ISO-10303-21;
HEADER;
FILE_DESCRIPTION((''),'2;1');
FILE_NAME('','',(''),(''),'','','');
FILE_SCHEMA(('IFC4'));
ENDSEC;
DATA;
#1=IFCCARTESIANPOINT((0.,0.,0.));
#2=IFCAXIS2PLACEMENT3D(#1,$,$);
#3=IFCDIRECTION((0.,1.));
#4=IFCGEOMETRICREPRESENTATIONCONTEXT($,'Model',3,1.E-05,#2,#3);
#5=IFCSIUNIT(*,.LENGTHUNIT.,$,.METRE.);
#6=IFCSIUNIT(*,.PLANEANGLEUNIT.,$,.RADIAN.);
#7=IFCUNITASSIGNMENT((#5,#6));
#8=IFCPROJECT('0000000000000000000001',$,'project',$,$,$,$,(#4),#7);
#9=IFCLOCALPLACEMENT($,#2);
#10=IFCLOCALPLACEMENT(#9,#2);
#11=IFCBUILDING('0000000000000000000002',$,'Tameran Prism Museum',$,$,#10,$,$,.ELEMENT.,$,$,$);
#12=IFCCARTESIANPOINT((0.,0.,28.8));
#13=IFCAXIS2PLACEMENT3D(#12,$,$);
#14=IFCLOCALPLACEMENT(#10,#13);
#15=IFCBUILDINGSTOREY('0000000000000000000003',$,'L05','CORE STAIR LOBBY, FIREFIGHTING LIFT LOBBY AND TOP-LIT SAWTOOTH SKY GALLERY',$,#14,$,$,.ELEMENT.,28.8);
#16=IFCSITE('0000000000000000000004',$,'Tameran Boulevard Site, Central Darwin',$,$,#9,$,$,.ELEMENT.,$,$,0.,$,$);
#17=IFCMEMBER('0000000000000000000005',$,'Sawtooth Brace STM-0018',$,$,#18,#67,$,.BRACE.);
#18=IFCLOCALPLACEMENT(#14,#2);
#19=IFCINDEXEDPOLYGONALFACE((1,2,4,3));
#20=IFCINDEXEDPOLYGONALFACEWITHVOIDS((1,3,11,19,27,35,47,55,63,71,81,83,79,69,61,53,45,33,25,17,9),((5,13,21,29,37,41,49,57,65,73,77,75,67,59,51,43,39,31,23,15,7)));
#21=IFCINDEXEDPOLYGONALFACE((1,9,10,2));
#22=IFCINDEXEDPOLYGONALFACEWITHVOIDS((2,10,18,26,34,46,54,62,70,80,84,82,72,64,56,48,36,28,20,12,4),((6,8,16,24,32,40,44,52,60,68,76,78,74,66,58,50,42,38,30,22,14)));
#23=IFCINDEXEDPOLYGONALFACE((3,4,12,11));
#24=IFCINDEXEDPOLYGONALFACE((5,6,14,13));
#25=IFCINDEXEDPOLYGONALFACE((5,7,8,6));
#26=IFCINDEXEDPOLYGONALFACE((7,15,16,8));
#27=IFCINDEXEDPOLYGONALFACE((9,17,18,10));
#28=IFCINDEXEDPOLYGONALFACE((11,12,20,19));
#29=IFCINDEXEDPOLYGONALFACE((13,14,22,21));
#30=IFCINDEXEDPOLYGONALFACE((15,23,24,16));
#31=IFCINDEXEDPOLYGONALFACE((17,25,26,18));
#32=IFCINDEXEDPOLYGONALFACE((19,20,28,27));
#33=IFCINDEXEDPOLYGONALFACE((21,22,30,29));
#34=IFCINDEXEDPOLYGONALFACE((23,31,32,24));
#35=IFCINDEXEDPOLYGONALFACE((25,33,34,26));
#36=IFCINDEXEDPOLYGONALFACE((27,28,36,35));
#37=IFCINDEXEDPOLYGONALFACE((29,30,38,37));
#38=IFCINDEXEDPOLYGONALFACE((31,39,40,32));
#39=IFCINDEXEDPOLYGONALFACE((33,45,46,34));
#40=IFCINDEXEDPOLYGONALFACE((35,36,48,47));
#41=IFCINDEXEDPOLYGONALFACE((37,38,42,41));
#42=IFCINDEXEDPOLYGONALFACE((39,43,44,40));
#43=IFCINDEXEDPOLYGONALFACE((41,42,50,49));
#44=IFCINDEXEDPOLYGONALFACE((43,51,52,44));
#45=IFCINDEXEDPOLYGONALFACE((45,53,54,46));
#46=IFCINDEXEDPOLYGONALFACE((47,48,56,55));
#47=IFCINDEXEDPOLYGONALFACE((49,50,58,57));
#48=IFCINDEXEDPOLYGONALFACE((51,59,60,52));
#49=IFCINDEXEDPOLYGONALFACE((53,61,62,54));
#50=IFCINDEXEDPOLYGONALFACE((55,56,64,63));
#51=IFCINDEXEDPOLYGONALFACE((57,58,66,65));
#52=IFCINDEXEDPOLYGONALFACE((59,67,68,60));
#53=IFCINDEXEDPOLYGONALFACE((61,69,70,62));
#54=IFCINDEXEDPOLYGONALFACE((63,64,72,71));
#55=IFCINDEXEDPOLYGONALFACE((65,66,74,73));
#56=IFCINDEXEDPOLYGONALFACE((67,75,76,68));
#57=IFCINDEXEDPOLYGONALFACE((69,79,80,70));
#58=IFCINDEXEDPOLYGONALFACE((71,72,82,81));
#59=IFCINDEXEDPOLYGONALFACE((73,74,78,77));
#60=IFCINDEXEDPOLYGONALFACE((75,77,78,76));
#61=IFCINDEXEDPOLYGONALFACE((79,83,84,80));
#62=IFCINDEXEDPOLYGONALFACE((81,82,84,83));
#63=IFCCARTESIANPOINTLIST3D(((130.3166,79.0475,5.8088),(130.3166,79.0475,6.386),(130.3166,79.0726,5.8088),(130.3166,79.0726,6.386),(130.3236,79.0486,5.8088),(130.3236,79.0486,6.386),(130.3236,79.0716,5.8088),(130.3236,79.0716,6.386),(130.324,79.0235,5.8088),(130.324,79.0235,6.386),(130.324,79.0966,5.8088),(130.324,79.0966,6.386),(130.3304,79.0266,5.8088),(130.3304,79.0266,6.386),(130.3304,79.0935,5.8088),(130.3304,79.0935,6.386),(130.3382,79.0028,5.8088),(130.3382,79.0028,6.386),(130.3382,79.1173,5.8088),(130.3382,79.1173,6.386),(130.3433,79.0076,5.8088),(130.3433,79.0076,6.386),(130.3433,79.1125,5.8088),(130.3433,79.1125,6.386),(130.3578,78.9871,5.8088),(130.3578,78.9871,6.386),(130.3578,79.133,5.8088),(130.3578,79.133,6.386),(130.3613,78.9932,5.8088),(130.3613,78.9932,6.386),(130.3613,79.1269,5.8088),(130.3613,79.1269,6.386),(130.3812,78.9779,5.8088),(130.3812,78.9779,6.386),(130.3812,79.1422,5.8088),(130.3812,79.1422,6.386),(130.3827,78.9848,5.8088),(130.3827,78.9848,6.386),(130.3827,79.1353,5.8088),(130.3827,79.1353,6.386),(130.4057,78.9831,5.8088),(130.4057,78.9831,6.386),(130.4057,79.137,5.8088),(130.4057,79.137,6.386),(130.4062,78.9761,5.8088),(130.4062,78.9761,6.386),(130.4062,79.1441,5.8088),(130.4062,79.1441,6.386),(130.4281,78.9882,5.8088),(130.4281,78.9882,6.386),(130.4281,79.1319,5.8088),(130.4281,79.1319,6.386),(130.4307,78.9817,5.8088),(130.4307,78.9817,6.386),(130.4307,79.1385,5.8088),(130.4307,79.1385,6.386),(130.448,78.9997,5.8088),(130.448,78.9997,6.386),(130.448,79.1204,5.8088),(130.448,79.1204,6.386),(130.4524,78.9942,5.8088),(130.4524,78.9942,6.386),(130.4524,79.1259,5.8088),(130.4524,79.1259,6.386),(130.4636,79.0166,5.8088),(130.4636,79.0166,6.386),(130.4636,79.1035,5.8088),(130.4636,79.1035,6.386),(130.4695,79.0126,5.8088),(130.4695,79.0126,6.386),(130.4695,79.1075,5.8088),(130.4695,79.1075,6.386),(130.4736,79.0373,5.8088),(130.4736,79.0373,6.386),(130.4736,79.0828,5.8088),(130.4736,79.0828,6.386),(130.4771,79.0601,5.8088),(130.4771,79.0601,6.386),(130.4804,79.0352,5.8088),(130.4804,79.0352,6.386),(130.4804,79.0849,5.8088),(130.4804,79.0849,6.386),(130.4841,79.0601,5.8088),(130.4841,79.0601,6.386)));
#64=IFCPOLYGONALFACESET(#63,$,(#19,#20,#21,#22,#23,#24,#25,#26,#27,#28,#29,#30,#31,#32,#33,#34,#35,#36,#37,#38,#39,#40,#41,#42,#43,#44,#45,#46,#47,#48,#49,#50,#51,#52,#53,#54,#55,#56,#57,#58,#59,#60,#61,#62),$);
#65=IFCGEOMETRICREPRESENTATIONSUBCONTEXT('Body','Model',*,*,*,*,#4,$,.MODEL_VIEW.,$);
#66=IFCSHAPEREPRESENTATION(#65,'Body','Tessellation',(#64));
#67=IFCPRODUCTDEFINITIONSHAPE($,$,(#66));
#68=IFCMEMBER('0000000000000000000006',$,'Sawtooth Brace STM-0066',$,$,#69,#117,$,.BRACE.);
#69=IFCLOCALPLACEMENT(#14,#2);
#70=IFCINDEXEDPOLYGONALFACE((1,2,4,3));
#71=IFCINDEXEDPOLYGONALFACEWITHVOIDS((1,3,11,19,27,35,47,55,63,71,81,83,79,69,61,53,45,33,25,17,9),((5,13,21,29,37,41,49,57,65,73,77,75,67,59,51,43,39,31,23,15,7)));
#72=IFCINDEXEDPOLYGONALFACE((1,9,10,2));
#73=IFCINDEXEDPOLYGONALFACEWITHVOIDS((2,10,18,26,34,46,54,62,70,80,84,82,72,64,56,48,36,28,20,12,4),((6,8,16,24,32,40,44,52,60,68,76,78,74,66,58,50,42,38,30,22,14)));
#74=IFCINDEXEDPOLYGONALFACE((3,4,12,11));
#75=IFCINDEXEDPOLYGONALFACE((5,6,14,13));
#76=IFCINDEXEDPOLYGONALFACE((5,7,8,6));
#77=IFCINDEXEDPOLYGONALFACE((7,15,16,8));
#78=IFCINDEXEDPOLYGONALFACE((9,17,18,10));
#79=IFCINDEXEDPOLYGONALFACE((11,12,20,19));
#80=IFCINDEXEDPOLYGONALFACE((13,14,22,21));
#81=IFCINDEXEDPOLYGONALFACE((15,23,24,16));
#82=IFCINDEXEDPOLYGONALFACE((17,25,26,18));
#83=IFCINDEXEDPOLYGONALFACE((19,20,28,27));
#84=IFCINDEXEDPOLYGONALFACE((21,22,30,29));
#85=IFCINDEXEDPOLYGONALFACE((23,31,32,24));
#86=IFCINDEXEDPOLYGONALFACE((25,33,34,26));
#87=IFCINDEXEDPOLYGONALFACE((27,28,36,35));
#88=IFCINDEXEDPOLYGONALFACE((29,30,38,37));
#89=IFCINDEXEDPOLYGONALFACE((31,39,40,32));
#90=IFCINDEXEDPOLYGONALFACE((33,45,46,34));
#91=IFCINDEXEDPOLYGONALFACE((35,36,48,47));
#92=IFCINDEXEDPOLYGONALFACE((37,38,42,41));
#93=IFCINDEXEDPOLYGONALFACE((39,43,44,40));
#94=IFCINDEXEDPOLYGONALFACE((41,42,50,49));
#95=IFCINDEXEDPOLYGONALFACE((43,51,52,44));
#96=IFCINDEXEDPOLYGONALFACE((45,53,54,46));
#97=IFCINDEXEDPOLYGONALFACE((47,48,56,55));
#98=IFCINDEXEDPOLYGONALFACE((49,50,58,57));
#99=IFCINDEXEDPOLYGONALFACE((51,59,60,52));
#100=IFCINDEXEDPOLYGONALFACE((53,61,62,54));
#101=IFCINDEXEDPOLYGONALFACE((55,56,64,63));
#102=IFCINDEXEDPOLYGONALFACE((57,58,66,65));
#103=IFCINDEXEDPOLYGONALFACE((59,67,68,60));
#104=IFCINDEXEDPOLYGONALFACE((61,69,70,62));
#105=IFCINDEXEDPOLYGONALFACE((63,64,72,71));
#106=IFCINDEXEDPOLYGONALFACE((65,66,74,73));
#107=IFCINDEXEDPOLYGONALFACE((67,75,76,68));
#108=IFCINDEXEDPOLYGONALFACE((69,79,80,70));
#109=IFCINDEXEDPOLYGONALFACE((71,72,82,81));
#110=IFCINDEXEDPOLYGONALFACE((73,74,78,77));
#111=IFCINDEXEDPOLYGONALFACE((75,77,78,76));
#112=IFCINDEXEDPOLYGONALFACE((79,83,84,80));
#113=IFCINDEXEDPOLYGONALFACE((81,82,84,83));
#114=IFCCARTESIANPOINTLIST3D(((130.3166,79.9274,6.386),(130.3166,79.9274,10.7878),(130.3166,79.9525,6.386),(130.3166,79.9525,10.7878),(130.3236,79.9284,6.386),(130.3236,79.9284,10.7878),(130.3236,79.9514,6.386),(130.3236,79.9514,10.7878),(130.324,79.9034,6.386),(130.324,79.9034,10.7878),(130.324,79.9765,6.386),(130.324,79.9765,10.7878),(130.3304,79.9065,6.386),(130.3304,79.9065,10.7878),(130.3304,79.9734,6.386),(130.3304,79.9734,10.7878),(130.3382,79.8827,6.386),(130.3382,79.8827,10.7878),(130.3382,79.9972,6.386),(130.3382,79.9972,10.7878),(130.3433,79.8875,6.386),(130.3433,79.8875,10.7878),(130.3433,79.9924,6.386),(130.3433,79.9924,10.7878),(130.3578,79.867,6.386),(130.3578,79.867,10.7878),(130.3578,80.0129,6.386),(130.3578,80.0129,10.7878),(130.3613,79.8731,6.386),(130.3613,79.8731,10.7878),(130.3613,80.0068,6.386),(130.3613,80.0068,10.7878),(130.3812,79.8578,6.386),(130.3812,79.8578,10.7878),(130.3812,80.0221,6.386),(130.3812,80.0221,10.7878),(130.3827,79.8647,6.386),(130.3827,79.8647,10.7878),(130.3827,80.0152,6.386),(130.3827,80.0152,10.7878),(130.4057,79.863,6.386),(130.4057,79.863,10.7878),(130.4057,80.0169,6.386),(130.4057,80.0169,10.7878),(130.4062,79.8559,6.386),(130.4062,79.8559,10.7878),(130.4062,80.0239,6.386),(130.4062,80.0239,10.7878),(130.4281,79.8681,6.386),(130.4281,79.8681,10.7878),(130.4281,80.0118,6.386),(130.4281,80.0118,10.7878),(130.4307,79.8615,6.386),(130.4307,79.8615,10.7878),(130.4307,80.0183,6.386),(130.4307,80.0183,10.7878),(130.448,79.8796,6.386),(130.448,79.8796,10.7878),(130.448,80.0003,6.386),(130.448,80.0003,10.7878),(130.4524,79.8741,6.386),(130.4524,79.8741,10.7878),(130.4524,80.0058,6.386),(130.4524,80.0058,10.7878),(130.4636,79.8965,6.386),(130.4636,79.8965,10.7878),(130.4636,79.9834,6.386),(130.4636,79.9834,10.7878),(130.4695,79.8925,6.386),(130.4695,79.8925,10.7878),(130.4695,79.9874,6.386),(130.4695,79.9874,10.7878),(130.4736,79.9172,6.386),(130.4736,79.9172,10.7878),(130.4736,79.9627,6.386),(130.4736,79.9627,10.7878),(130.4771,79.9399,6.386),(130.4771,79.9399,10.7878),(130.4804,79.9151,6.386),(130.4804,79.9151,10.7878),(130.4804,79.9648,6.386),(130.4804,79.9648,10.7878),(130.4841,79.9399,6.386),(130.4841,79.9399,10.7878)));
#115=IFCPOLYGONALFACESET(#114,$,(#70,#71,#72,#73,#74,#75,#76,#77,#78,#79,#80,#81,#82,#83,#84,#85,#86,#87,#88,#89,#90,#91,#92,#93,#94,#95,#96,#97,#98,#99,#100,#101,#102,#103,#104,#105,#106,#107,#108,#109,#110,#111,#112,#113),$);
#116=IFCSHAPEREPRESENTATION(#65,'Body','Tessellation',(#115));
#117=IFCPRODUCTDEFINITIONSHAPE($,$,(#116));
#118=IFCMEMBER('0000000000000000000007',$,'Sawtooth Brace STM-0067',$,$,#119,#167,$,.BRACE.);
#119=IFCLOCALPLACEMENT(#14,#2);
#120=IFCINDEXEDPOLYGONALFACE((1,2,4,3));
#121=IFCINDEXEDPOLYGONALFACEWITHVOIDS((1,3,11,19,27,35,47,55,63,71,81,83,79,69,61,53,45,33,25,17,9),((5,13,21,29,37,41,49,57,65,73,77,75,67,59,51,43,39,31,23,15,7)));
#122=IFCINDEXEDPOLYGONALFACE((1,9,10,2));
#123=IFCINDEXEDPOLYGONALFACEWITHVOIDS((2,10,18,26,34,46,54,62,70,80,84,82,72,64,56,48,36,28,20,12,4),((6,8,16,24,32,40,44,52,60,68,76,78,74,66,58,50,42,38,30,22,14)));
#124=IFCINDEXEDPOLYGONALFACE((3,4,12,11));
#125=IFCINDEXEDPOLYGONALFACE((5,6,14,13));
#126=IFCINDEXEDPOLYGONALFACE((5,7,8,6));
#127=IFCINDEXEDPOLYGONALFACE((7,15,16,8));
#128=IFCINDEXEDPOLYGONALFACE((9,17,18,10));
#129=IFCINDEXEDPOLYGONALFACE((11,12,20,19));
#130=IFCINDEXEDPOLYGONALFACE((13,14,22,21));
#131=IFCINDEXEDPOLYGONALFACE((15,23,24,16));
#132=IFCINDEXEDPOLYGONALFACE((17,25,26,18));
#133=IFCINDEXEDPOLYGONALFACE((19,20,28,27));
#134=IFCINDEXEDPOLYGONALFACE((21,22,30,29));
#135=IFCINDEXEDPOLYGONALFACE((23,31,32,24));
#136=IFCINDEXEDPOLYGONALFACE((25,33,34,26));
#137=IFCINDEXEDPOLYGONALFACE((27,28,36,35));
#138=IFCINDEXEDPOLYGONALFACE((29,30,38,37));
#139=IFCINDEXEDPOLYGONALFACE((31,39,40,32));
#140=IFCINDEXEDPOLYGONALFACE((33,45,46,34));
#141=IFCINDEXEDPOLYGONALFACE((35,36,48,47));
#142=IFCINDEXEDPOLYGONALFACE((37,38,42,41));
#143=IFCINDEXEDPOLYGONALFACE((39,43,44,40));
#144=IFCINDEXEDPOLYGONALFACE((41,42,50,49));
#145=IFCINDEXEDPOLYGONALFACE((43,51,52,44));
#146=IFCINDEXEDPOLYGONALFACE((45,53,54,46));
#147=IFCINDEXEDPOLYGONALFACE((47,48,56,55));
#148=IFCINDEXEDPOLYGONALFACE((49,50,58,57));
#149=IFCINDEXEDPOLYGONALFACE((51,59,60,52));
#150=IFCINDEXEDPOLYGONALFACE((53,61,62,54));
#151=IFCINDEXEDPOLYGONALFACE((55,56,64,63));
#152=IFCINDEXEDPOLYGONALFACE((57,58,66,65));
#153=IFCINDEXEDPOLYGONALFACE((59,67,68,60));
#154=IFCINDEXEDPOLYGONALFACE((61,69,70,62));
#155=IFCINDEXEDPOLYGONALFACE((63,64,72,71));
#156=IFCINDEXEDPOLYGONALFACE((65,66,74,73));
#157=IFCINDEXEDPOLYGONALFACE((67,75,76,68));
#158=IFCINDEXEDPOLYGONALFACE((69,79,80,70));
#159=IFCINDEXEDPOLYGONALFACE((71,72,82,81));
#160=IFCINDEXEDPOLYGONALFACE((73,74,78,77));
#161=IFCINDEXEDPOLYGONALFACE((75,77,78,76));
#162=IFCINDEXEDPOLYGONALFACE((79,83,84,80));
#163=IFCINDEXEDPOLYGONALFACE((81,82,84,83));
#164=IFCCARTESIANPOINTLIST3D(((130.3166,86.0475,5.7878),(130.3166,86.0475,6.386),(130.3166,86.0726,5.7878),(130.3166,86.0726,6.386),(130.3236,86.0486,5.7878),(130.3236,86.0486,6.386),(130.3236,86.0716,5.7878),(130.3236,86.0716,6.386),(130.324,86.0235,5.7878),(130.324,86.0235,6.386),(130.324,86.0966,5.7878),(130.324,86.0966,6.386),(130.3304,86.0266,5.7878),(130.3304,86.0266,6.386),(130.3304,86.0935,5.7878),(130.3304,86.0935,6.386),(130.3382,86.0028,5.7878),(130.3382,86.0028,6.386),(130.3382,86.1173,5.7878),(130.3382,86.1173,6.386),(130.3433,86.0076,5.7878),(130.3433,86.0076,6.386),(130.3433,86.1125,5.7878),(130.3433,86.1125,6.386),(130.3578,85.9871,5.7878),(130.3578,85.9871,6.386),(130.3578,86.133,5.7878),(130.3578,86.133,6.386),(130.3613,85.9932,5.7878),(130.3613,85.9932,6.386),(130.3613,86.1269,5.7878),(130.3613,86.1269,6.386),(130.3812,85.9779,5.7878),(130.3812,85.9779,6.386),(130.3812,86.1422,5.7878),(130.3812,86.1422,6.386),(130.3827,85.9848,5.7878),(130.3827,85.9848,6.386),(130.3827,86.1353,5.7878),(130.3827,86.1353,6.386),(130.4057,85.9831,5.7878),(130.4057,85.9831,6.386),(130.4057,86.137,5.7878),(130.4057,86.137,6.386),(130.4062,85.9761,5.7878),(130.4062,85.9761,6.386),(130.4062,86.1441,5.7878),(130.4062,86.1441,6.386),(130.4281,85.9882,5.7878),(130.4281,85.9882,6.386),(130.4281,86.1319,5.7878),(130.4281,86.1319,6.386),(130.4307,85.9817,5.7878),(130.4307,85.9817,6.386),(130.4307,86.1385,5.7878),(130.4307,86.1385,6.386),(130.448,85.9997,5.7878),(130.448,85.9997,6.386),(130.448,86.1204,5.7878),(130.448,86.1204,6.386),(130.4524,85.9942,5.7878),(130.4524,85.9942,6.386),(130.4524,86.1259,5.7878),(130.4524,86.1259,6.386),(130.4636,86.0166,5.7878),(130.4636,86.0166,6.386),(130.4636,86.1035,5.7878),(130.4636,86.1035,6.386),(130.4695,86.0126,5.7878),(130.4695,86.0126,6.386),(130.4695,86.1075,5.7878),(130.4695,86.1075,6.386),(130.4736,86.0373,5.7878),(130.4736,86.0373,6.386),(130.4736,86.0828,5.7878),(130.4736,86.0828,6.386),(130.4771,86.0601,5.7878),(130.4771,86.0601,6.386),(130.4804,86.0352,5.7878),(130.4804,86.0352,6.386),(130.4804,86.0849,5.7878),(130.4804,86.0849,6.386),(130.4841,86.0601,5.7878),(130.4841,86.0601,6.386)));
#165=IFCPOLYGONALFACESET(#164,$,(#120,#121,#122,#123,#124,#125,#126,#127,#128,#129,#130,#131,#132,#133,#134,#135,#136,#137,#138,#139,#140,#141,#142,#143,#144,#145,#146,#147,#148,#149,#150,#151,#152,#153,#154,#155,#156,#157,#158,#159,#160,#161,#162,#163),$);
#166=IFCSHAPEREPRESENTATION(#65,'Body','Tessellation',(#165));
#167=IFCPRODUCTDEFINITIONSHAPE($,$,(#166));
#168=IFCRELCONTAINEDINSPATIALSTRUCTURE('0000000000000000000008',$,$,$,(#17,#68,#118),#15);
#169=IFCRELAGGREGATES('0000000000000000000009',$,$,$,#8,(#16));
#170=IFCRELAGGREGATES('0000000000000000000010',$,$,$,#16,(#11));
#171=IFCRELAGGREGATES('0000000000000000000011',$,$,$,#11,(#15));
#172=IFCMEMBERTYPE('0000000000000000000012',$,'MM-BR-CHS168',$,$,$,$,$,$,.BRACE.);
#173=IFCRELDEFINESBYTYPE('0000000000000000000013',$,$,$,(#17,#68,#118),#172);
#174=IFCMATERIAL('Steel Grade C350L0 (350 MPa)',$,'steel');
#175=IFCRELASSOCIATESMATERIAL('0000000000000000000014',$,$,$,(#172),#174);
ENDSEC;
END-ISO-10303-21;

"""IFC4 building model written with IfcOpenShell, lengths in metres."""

from ifc_helpers import new_model, si_unit, direction, frame, origin, origin_2d, place, context, subcontext, project, spatial, hollow_circle, extrude, material, material_profile, profile_set, type_object, element, save


model = new_model("IFC4")

# Units and contexts
model_context = context("Model", 3, precision=1e-05, world=origin(), true_north=direction((0.0, 1.0)))
body_context = subcontext(model_context, "Body", "Model", "MODEL_VIEW")
ifc_project = project(units=[si_unit("LENGTHUNIT", "METRE"), si_unit("PLANEANGLEUNIT", "RADIAN")], contexts=[model_context])

# Site, building, storey
site_placement = place(None, origin())
site = spatial("IfcSite", under=ifc_project, at=site_placement, Name="Tameran Boulevard Site, Central Darwin", CompositionType="ELEMENT", RefElevation=0.0)
building_placement = place(site_placement, origin())
building = spatial("IfcBuilding", under=site, at=building_placement, Name="Tameran Prism Museum", CompositionType="ELEMENT")
storey_placement = place(building_placement, frame((0.0, 0.0, 28.8)))
storey = spatial("IfcBuildingStorey", under=building, at=storey_placement, Name="L05", Description="CORE STAIR LOBBY, FIREFIGHTING LIFT LOBBY AND TOP-LIT SAWTOOTH SKY GALLERY", CompositionType="ELEMENT", Elevation=28.8)

# Members
ifc_material_1 = material(Name="Steel Grade C350L0 (350 MPa)", Category="steel")
ifc_material_profile_1 = material_profile(ifc_material_1, hollow_circle(Radius=0.0842, WallThickness=0.0071, at=origin_2d()))
ifc_profile_set_1 = profile_set([ifc_material_profile_1])
member_type_1 = type_object("IfcMemberType", Name="MM-BR-CHS168", PredefinedType="BRACE", material=ifc_profile_set_1)
member_1_placement = place(storey_placement, frame((130.3999, 79.0601, 6.386), z_axis=(0.0, 0.0, -1.0), x_axis=(1.0, 0.0, 0.0)))
element("IfcMember", 1, at=member_1_placement, inside=storey, type_object=member_type_1, Name="Sawtooth Brace STM-0018", PredefinedType="BRACE", context=body_context, shape_type="SweptSolid", body=[
    extrude(hollow_circle(Radius=0.0842, WallThickness=0.0071, at=origin_2d()), origin(), (0.0, 0.0, 1.0), 0.5771),
])
member_2_placement = place(storey_placement, frame((130.3999, 79.9399, 6.386), z_axis=(0.0, 0.0, 1.0), x_axis=(1.0, 0.0, 0.0)))
element("IfcMember", 2, at=member_2_placement, inside=storey, type_object=member_type_1, Name="Sawtooth Brace STM-0066", PredefinedType="BRACE", context=body_context, shape_type="SweptSolid", body=[
    extrude(hollow_circle(Radius=0.0842, WallThickness=0.0071, at=origin_2d()), origin(), (0.0, 0.0, 1.0), 4.4019),
])
member_3_placement = place(storey_placement, frame((130.3999, 86.0601, 6.386), z_axis=(0.0, 0.0, -1.0), x_axis=(1.0, 0.0, 0.0)))
element("IfcMember", 3, at=member_3_placement, inside=storey, type_object=member_type_1, Name="Sawtooth Brace STM-0067", PredefinedType="BRACE", context=body_context, shape_type="SweptSolid", body=[
    extrude(hollow_circle(Radius=0.0842, WallThickness=0.0071, at=origin_2d()), origin(), (0.0, 0.0, 1.0), 0.5981),
])

save(model, "model.ifc")
